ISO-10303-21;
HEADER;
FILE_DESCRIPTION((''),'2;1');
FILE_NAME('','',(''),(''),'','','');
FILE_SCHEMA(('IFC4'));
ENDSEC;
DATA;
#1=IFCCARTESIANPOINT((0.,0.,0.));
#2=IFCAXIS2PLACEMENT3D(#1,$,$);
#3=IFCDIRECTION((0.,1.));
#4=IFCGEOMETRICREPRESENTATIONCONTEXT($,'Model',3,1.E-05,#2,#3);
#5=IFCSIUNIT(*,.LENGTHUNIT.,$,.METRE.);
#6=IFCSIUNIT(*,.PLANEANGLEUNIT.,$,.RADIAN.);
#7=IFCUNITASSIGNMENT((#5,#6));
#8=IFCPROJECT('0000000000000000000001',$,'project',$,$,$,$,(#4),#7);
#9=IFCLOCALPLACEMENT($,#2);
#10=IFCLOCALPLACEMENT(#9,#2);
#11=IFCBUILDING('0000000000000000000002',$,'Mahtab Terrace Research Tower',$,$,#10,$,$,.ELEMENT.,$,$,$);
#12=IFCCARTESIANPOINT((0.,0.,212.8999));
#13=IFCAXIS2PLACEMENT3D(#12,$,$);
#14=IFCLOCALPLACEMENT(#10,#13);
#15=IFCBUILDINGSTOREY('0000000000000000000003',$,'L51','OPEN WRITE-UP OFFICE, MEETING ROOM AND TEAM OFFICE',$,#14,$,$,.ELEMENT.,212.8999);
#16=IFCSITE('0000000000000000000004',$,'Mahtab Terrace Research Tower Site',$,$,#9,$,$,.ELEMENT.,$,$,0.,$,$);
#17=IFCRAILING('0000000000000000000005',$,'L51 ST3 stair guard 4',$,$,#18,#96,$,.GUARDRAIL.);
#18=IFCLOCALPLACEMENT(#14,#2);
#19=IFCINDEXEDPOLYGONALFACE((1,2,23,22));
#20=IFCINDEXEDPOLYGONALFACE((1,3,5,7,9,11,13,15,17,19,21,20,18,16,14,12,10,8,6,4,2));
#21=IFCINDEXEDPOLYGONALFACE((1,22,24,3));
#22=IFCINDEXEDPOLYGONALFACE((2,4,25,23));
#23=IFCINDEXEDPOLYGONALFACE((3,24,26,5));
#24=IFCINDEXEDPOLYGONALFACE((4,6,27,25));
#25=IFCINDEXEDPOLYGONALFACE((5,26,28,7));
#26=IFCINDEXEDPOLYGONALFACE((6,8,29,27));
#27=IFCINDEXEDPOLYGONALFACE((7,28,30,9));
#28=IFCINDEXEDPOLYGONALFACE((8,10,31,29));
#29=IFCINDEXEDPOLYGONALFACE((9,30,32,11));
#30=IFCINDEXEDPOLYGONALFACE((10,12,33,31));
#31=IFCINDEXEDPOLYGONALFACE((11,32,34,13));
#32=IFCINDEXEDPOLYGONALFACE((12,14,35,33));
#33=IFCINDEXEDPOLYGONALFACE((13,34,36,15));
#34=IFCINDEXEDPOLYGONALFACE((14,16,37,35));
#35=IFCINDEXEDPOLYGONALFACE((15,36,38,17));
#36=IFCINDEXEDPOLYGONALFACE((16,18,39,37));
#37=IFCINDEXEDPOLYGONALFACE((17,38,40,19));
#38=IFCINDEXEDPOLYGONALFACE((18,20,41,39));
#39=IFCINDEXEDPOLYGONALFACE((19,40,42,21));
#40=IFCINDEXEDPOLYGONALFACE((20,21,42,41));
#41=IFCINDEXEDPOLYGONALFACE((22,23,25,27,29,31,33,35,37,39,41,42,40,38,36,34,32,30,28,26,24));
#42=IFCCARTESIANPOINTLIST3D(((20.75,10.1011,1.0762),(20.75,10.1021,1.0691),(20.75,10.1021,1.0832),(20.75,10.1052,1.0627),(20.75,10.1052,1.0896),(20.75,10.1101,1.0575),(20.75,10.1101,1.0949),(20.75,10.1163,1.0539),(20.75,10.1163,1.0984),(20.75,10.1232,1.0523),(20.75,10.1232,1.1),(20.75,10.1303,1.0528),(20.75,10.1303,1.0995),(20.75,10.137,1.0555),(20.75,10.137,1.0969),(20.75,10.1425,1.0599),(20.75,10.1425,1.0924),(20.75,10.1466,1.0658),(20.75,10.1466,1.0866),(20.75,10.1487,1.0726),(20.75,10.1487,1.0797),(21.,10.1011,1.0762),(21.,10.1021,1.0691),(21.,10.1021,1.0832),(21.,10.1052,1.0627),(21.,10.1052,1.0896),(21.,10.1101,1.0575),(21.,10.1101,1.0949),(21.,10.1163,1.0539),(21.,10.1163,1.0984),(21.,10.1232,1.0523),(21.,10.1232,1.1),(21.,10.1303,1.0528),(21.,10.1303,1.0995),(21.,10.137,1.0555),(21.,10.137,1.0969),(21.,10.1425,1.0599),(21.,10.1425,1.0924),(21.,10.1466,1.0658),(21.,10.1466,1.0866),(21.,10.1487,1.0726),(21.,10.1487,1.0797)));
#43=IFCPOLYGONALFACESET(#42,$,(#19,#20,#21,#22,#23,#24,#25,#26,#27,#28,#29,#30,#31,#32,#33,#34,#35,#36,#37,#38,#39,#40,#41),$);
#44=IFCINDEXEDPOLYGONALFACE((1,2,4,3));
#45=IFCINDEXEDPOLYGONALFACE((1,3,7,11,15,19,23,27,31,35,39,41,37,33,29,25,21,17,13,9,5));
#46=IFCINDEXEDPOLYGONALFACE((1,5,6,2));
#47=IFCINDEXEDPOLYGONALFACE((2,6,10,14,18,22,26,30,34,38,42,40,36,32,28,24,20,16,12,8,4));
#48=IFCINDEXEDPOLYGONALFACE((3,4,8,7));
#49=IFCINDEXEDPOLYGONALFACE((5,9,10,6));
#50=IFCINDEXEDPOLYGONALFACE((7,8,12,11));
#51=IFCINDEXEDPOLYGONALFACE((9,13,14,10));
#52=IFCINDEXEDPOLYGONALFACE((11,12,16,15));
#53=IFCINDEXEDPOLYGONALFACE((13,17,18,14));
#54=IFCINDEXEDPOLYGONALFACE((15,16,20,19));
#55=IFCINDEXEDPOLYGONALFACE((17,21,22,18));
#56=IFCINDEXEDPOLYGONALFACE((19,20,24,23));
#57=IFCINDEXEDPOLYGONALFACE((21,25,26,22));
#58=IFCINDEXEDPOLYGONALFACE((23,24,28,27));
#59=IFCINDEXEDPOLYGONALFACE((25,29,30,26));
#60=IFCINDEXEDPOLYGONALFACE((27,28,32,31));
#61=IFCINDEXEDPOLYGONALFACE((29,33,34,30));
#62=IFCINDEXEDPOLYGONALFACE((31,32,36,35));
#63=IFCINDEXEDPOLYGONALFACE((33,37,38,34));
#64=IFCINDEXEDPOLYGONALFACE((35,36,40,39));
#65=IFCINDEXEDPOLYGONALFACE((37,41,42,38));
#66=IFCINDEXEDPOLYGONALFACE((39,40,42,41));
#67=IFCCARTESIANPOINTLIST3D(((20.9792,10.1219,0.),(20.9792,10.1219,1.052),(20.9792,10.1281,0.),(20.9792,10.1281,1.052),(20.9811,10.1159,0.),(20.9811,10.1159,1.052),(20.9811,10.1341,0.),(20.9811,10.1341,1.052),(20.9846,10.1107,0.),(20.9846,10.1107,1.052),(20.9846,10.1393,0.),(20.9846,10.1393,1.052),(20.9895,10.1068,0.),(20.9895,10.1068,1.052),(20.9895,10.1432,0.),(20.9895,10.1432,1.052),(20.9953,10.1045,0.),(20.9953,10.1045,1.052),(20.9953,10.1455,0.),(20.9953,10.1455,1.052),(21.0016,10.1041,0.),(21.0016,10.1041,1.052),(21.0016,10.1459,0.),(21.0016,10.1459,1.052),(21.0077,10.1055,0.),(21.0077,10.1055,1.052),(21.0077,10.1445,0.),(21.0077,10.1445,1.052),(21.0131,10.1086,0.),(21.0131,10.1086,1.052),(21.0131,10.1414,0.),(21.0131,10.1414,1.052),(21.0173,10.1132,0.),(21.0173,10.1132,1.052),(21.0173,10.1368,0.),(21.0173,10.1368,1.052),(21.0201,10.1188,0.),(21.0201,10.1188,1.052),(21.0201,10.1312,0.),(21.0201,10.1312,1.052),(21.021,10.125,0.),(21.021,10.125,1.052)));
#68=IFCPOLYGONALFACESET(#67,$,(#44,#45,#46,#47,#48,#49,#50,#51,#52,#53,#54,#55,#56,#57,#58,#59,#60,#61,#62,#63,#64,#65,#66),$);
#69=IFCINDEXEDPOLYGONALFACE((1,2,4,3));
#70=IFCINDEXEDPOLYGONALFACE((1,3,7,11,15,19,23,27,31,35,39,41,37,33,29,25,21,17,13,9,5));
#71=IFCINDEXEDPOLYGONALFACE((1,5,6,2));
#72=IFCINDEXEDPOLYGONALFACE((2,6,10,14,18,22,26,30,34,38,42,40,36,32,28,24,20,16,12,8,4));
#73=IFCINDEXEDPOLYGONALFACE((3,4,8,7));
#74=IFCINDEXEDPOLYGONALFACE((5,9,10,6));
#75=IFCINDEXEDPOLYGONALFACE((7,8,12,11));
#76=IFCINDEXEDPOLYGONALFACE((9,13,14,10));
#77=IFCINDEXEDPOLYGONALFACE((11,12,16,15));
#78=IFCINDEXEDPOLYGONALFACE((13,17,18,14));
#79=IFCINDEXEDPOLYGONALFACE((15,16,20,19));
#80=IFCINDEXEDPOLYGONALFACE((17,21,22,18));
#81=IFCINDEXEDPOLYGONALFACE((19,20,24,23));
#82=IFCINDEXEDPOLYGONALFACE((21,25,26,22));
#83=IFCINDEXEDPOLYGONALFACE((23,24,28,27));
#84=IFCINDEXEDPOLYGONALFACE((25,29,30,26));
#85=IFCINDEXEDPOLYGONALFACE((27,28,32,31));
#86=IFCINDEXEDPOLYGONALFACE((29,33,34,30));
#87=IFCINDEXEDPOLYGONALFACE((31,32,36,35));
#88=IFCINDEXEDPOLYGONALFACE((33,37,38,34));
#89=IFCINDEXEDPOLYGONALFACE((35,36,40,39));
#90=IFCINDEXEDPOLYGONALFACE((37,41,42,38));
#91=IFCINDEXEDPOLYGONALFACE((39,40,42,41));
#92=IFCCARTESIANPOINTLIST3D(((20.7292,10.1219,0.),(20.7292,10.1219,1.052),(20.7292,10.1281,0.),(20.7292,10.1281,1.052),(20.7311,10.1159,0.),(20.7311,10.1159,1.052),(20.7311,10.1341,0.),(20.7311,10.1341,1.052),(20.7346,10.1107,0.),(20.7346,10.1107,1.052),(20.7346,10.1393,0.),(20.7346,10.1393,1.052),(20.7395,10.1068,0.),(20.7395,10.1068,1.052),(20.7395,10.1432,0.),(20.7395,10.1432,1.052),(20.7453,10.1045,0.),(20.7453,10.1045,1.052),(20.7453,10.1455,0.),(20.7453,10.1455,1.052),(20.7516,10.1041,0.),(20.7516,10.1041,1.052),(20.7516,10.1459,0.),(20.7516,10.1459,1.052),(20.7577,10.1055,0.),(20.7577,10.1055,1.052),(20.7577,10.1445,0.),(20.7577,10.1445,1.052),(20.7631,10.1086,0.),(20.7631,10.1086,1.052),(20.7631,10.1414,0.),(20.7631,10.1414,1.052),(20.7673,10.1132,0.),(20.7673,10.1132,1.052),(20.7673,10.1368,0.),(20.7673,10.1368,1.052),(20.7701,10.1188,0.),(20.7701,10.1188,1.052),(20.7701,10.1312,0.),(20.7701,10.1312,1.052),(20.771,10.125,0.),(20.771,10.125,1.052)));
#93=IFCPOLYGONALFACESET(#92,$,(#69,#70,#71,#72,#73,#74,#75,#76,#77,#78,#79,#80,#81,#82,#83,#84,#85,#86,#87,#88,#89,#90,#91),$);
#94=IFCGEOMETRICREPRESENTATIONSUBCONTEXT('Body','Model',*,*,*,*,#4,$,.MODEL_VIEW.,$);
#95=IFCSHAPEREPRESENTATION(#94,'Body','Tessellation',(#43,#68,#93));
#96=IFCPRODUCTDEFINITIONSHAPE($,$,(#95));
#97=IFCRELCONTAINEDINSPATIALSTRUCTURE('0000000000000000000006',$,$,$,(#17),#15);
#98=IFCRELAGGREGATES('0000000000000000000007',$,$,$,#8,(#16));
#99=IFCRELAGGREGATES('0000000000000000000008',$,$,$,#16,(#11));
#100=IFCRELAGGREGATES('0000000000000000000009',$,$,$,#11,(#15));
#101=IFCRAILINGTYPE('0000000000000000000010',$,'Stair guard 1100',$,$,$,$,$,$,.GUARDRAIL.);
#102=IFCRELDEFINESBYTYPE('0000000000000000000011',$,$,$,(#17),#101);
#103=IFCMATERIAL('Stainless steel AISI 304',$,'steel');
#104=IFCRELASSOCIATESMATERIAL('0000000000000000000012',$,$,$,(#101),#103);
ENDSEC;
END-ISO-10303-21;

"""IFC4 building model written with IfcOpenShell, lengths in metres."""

from ifc_helpers import new_model, si_unit, direction, frame, origin, origin_2d, place, context, subcontext, project, spatial, circle, extrude, material, type_object, element, save


model = new_model("IFC4")

# Units and contexts
model_context = context("Model", 3, precision=1e-05, world=origin(), true_north=direction((0.0, 1.0)))
body_context = subcontext(model_context, "Body", "Model", "MODEL_VIEW")
ifc_project = project(units=[si_unit("LENGTHUNIT", "METRE"), si_unit("PLANEANGLEUNIT", "RADIAN")], contexts=[model_context])

# Site, building, storey
site_placement = place(None, origin())
site = spatial("IfcSite", under=ifc_project, at=site_placement, Name="Mahtab Terrace Research Tower Site", CompositionType="ELEMENT", RefElevation=0.0)
building_placement = place(site_placement, origin())
building = spatial("IfcBuilding", under=site, at=building_placement, Name="Mahtab Terrace Research Tower", CompositionType="ELEMENT")
storey_placement = place(building_placement, frame((0.0, 0.0, 212.8999)))
storey = spatial("IfcBuildingStorey", under=building, at=storey_placement, Name="L51", Description="OPEN WRITE-UP OFFICE, MEETING ROOM AND TEAM OFFICE", CompositionType="ELEMENT", Elevation=212.8999)

# Railing
ifc_material_1 = material(Name="Stainless steel AISI 304", Category="steel")
railing_type_1 = type_object("IfcRailingType", Name="Stair guard 1100", PredefinedType="GUARDRAIL", material=ifc_material_1)
railing_1_placement = place(storey_placement, frame((21.0, 10.125, 0.0)))
element("IfcRailing", 1, at=railing_1_placement, inside=storey, type_object=railing_type_1, Name="L51 ST3 stair guard 4", PredefinedType="GUARDRAIL", context=body_context, shape_type="SweptSolid", body=[
    extrude(circle(Radius=0.0239, at=origin_2d()), frame((0.0, 0.0, 1.0762), z_axis=(-1.0, 0.0, 0.0), x_axis=(0.0, -1.0, 0.0)), (0.0, 0.0, 1.0), 0.25),
    extrude(circle(Radius=0.021, at=origin_2d()), origin(), (0.0, 0.0, 1.0), 1.052),
    extrude(circle(Radius=0.021, at=origin_2d()), frame((-0.25, 0.0, 0.0)), (0.0, 0.0, 1.0), 1.052),
])

save(model, "model.ifc")
